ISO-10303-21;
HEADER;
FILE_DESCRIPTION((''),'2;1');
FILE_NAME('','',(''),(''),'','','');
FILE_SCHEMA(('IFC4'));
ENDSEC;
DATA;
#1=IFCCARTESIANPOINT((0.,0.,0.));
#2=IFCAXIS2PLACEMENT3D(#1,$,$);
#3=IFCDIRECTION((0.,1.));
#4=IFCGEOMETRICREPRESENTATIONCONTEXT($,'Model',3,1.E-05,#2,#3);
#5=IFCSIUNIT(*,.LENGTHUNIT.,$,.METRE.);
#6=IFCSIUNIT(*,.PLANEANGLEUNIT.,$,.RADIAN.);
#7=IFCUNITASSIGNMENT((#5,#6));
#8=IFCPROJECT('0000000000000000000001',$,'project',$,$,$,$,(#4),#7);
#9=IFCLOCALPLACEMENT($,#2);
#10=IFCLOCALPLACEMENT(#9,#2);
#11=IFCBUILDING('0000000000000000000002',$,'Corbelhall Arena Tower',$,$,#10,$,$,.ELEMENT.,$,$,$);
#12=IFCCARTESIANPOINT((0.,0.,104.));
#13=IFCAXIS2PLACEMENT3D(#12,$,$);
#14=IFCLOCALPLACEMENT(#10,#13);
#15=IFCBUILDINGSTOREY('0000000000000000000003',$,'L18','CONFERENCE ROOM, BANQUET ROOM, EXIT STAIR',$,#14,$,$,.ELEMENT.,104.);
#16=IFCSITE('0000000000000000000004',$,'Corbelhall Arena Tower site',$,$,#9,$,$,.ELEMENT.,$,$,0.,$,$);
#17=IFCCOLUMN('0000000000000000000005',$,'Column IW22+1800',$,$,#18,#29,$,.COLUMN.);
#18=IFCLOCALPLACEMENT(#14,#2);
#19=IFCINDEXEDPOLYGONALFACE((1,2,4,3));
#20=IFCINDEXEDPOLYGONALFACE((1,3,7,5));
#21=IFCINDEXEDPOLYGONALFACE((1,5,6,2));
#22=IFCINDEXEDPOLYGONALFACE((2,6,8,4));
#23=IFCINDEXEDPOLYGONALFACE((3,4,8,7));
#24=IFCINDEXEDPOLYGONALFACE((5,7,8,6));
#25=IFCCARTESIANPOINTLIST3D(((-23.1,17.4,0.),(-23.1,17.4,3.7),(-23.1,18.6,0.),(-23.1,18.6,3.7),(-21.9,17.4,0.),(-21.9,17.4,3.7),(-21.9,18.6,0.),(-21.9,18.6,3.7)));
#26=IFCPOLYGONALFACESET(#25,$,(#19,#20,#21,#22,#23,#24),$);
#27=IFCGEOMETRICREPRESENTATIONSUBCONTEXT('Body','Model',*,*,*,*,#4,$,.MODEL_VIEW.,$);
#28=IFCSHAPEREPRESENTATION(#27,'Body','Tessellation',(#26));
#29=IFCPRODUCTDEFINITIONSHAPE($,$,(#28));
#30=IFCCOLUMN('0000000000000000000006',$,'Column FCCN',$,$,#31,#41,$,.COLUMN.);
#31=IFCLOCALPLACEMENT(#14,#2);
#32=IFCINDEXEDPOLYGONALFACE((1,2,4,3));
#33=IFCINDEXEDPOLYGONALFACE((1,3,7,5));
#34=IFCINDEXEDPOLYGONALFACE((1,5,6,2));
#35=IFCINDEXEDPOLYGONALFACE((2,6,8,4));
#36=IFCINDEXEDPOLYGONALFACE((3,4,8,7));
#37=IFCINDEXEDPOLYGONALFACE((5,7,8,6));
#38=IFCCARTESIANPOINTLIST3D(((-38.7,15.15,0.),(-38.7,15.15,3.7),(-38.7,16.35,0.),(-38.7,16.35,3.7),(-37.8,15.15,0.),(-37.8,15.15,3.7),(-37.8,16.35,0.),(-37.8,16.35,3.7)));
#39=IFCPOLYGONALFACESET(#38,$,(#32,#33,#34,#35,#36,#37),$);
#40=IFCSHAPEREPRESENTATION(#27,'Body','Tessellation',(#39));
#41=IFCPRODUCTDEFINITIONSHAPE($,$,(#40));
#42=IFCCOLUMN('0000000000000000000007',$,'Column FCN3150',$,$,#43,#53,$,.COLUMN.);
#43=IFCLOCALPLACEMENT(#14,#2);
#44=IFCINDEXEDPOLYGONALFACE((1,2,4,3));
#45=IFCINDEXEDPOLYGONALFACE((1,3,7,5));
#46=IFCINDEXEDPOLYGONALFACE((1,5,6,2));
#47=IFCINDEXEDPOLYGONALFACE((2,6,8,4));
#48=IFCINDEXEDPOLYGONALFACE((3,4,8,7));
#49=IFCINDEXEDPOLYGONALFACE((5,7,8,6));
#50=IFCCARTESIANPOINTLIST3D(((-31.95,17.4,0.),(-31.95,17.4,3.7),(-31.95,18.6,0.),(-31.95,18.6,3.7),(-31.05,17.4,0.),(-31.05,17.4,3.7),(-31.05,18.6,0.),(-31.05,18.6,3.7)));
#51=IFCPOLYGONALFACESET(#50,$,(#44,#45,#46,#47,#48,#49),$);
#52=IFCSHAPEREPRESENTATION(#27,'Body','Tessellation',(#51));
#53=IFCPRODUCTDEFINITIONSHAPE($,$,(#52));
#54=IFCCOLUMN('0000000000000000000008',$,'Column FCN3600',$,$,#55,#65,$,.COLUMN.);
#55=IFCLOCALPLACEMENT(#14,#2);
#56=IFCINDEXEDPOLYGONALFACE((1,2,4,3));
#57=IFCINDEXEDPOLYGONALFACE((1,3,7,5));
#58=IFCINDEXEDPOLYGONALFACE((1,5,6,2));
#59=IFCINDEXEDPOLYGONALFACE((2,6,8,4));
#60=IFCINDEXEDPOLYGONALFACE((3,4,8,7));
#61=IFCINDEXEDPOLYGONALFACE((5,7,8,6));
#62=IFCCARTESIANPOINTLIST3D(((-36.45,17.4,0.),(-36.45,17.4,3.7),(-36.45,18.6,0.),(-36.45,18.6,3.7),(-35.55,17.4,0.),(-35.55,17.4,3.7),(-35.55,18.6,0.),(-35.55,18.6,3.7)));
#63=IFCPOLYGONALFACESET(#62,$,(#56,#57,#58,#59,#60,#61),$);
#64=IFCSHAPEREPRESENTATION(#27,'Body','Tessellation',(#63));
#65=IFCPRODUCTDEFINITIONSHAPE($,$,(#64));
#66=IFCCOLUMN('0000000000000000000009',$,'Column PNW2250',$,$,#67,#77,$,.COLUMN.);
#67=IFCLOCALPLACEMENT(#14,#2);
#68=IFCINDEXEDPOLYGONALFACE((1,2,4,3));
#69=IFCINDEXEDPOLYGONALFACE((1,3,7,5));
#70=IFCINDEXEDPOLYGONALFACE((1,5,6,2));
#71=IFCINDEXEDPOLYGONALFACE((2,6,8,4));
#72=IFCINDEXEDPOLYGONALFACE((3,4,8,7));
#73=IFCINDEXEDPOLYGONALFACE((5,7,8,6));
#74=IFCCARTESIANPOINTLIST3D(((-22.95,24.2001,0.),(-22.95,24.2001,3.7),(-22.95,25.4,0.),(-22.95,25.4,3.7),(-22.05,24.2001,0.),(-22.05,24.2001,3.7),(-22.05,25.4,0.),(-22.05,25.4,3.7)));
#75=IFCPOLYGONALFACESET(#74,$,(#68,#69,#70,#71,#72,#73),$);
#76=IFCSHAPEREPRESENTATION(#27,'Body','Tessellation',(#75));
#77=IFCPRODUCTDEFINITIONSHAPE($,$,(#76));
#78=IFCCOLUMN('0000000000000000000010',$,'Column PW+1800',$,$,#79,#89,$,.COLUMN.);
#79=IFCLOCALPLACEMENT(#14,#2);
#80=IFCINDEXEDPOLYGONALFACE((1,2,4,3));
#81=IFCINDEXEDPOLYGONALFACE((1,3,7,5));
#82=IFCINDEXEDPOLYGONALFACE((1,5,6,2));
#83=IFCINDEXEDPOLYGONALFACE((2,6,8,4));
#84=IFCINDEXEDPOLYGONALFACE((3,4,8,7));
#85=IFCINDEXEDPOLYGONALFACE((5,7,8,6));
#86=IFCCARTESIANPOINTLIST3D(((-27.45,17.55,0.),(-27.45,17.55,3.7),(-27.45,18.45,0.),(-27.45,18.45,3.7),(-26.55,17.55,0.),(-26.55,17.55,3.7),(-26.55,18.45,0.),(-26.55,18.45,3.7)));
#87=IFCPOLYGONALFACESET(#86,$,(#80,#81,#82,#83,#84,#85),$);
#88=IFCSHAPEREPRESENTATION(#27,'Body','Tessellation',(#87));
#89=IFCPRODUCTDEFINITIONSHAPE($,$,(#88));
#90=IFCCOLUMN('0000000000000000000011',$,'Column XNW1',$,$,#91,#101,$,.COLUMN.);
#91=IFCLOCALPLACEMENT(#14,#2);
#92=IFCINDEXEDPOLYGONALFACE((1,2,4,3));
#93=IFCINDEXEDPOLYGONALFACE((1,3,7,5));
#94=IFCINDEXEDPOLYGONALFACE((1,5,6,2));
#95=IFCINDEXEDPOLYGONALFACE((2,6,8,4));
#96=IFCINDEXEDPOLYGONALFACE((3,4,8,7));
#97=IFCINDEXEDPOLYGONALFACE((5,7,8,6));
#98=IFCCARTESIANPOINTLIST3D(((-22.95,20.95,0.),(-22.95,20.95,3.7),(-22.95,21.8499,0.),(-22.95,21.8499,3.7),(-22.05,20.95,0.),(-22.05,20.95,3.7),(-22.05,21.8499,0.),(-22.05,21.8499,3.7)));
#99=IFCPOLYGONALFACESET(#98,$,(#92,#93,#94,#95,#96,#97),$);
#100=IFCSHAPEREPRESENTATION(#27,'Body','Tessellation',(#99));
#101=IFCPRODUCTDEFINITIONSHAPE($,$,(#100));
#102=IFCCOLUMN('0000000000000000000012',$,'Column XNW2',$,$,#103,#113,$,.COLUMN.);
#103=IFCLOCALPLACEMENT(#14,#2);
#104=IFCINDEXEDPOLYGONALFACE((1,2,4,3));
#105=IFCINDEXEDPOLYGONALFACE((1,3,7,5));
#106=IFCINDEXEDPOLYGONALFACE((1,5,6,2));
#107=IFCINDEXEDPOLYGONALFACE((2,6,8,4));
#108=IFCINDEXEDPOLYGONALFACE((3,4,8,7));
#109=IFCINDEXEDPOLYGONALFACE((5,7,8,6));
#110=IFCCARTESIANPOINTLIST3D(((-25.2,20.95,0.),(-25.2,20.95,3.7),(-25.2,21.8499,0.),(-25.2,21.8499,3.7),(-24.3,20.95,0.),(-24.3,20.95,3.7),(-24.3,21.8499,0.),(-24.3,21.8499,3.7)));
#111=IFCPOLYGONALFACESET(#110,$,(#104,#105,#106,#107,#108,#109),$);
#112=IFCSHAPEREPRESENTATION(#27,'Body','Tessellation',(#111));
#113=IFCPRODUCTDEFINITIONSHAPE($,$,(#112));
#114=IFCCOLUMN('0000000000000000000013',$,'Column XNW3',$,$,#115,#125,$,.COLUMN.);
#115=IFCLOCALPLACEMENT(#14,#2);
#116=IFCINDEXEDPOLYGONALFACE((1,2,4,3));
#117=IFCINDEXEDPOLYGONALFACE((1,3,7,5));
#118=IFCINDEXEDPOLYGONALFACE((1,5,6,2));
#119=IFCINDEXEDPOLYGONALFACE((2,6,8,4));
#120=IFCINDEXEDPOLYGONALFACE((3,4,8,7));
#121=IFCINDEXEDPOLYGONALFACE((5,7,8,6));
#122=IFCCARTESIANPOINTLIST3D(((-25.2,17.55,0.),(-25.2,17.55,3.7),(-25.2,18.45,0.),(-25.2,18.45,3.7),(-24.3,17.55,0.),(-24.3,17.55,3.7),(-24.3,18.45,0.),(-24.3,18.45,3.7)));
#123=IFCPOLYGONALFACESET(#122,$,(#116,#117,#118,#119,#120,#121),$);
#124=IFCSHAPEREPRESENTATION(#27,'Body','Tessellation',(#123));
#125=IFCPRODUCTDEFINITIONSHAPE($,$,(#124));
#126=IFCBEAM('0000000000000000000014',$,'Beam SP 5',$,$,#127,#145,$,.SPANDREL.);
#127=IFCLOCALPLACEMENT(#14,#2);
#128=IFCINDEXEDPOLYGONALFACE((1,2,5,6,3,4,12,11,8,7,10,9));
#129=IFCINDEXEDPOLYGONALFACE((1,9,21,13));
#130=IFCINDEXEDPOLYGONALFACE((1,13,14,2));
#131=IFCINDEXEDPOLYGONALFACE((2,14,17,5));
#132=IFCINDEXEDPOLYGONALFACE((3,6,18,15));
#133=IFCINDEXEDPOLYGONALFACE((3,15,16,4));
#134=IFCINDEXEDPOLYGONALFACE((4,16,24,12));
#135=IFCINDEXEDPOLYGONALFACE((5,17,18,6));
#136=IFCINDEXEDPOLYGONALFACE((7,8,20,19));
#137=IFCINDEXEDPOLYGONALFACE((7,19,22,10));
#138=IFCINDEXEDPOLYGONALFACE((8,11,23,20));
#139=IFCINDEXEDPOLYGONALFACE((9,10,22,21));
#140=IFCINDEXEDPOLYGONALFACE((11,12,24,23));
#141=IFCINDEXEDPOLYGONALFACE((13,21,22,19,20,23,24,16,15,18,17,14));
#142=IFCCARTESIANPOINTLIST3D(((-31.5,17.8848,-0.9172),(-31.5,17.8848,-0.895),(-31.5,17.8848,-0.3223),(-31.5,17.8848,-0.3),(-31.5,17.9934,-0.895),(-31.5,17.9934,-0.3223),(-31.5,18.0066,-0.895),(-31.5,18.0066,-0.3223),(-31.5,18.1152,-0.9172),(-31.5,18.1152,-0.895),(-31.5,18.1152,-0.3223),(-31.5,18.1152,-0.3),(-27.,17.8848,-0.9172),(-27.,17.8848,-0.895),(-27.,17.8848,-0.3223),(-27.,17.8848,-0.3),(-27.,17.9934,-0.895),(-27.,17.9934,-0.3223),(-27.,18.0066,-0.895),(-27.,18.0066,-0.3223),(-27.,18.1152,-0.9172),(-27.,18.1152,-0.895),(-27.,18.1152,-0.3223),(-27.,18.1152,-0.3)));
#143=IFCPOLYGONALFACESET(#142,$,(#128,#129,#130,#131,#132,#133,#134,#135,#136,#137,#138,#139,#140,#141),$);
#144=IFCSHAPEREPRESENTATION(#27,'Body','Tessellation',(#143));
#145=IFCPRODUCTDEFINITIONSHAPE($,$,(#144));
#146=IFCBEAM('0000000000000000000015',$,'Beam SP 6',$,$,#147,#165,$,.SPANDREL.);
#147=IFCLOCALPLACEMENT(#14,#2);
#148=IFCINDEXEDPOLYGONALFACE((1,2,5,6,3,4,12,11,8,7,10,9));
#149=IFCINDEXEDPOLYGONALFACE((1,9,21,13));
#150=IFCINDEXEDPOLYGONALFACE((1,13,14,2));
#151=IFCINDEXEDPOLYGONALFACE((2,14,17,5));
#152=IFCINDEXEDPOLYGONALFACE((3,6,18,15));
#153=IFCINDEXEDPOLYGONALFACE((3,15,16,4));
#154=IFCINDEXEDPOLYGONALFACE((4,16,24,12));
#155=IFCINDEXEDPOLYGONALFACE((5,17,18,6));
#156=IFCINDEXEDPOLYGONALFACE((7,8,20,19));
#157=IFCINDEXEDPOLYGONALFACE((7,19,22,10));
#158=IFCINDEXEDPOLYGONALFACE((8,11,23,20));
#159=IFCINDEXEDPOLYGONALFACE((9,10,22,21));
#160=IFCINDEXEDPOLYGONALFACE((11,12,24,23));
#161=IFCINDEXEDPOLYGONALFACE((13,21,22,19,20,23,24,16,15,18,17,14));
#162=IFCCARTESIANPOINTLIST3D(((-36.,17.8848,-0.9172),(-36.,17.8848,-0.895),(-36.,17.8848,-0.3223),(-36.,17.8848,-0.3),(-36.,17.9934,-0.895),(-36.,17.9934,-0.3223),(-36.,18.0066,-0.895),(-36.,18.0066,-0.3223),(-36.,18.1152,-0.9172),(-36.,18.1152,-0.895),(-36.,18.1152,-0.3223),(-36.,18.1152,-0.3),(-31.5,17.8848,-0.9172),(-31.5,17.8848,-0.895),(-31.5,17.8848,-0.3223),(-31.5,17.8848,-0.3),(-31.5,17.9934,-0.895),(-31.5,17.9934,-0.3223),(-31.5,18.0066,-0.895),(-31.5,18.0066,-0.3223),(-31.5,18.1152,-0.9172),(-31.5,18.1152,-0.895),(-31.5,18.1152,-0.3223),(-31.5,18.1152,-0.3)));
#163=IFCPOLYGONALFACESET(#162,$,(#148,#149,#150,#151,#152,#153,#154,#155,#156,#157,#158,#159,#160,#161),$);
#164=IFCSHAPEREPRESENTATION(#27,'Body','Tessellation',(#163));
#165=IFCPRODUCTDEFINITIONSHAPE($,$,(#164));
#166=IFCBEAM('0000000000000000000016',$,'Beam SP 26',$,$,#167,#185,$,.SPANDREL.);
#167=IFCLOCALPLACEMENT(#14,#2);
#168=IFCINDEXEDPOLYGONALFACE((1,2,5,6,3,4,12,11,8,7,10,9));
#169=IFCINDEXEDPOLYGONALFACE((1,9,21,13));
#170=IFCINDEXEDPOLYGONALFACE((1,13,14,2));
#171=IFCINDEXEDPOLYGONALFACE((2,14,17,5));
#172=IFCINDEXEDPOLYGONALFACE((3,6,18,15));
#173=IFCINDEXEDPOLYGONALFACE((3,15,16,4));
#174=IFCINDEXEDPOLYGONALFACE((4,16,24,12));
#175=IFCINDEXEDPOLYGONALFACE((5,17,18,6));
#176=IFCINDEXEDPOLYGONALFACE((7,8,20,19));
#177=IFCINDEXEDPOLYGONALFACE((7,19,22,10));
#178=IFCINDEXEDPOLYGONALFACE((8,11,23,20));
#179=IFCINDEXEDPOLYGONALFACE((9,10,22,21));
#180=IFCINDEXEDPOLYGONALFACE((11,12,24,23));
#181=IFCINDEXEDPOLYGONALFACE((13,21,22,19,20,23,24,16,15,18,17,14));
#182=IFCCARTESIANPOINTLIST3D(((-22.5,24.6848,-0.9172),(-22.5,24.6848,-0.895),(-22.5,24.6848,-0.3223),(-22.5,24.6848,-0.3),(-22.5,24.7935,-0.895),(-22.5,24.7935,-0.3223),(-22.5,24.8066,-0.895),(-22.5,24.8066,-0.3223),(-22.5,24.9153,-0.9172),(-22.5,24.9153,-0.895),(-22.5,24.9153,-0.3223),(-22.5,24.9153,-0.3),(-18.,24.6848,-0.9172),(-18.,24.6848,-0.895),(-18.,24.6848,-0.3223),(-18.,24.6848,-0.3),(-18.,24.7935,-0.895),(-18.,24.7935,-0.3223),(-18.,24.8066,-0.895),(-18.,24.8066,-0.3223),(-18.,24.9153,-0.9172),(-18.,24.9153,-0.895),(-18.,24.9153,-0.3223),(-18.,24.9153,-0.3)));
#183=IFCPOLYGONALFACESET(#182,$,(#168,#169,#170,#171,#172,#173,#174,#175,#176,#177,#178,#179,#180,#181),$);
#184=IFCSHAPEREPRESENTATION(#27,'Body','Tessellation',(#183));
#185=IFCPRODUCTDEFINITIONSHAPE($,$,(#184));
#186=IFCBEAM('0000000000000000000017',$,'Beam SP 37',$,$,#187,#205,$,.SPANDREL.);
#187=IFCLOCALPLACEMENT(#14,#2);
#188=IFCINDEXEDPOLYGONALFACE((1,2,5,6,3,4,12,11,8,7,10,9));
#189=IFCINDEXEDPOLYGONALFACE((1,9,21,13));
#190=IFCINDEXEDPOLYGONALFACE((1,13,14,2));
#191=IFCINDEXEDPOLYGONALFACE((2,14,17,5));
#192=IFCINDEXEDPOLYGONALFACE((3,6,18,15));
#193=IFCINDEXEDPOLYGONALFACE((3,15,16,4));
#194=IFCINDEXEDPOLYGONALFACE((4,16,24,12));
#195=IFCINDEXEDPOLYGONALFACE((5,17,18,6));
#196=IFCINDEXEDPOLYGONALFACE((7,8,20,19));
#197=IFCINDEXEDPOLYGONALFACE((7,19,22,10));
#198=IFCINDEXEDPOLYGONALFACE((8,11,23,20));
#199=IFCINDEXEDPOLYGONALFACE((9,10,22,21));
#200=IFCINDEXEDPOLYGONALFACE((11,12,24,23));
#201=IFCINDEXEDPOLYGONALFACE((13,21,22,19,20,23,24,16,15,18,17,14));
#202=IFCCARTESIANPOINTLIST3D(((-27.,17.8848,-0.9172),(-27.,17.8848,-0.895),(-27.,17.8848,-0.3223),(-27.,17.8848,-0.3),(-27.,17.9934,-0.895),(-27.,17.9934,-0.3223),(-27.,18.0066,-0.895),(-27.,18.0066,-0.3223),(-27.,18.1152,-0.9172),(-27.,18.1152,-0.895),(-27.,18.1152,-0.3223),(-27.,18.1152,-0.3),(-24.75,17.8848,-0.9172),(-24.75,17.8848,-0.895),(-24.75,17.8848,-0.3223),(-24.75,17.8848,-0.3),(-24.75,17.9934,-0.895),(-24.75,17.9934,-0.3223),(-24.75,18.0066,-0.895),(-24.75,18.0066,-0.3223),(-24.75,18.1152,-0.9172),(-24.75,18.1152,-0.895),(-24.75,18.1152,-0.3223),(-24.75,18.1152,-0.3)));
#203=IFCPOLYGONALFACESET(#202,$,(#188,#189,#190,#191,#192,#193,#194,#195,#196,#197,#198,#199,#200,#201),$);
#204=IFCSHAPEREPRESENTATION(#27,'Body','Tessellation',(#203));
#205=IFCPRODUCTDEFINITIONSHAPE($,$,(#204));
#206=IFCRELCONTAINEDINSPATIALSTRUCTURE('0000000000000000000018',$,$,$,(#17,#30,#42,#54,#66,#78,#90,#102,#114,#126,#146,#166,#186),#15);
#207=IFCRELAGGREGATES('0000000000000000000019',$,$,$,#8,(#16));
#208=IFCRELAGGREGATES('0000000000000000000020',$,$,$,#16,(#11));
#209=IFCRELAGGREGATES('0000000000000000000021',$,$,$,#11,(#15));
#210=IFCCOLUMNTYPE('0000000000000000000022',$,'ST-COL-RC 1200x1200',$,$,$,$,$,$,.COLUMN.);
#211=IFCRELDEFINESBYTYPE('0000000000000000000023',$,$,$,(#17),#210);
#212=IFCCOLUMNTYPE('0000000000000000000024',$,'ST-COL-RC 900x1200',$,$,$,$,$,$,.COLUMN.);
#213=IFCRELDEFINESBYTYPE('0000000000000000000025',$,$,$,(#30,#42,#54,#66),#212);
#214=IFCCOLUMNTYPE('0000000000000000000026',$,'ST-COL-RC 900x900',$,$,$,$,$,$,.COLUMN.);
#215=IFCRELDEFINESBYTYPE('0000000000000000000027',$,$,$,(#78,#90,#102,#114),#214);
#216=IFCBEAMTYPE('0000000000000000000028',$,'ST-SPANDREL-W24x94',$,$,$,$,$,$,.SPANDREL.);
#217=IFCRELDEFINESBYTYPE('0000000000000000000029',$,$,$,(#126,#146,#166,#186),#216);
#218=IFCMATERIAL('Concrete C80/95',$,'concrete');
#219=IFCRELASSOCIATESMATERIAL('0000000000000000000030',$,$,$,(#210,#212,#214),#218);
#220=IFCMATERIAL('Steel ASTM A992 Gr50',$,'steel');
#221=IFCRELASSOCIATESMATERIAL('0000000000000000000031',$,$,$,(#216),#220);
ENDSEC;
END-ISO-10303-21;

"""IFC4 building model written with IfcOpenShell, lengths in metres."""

from ifc_helpers import new_model, si_unit, direction, frame, origin, origin_2d, place, context, subcontext, project, spatial, rectangle, i_section, extrude, material, material_profile, profile_set, type_object, element, save


model = new_model("IFC4")

# Units and contexts
model_context = context("Model", 3, precision=1e-05, world=origin(), true_north=direction((0.0, 1.0)))
body_context = subcontext(model_context, "Body", "Model", "MODEL_VIEW")
ifc_project = project(units=[si_unit("LENGTHUNIT", "METRE"), si_unit("PLANEANGLEUNIT", "RADIAN")], contexts=[model_context])

# Site, building, storey
site_placement = place(None, origin())
site = spatial("IfcSite", under=ifc_project, at=site_placement, Name="Corbelhall Arena Tower site", CompositionType="ELEMENT", RefElevation=0.0)
building_placement = place(site_placement, origin())
building = spatial("IfcBuilding", under=site, at=building_placement, Name="Corbelhall Arena Tower", CompositionType="ELEMENT")
storey_placement = place(building_placement, frame((0.0, 0.0, 104.0)))
storey = spatial("IfcBuildingStorey", under=building, at=storey_placement, Name="L18", Description="CONFERENCE ROOM, BANQUET ROOM, EXIT STAIR", CompositionType="ELEMENT", Elevation=104.0)

# Columns
ifc_material_1 = material(Name="Concrete C80/95", Category="concrete")
ifc_material_profile_1 = material_profile(ifc_material_1, rectangle(XDim=1.2, YDim=1.2, at=origin_2d()))
ifc_profile_set_1 = profile_set([ifc_material_profile_1], Name="Concrete C80/95")
column_type_1 = type_object("IfcColumnType", Name="ST-COL-RC 1200x1200", PredefinedType="COLUMN", material=ifc_profile_set_1)
column_placement = place(storey_placement, frame((-22.5, 18.0, 0.0), z_axis=(0.0, 0.0, 1.0), x_axis=(1.0, 0.0, 0.0)))
element("IfcColumn", 1, at=column_placement, inside=storey, type_object=column_type_1, Name="Column IW22+1800", PredefinedType="COLUMN", context=body_context, shape_type="SweptSolid", body=[
    extrude(rectangle(XDim=1.2, YDim=1.2, at=origin_2d()), origin(), (0.0, 0.0, 1.0), 3.7),
])
ifc_material_profile_2 = material_profile(ifc_material_1, rectangle(XDim=0.8999, YDim=1.2, at=origin_2d()))
ifc_profile_set_2 = profile_set([ifc_material_profile_2], Name="Concrete C80/95")
column_type_2 = type_object("IfcColumnType", Name="ST-COL-RC 900x1200", PredefinedType="COLUMN", material=ifc_profile_set_2)
for number, where, z_axis, x_axis, name in (
    (2, (-38.25, 15.75, 0.0), (0.0, 0.0, 1.0), (1.0, 0.0, 0.0), "Column FCCN"),
    (3, (-31.5, 18.0, 0.0), (0.0, 0.0, 1.0), (1.0, 0.0, 0.0), "Column FCN3150"),
    (4, (-36.0, 18.0, 0.0), (0.0, 0.0, 1.0), (1.0, 0.0, 0.0), "Column FCN3600"),
    (5, (-22.5, 24.8, 0.0), (0.0, 0.0, 1.0), (1.0, 0.0, 0.0), "Column PNW2250"),
):
    element("IfcColumn", number, at=place(storey_placement, frame(where, z_axis=z_axis, x_axis=x_axis)), inside=storey, type_object=column_type_2, Name=name, PredefinedType="COLUMN", context=body_context, shape_type="SweptSolid", body=[
        extrude(rectangle(XDim=0.8999, YDim=1.2, at=origin_2d()), origin(), (0.0, 0.0, 1.0), 3.7),
    ])
ifc_material_profile_3 = material_profile(ifc_material_1, rectangle(XDim=0.8999, YDim=0.8999, at=origin_2d()))
ifc_profile_set_3 = profile_set([ifc_material_profile_3], Name="Concrete C80/95")
column_type_3 = type_object("IfcColumnType", Name="ST-COL-RC 900x900", PredefinedType="COLUMN", material=ifc_profile_set_3)
for number, where, z_axis, x_axis, name in (
    (6, (-27.0, 18.0, 0.0), (0.0, 0.0, 1.0), (1.0, 0.0, 0.0), "Column PW+1800"),
    (7, (-22.5, 21.3999, 0.0), (0.0, 0.0, 1.0), (1.0, 0.0, 0.0), "Column XNW1"),
    (8, (-24.75, 21.3999, 0.0), (0.0, 0.0, 1.0), (1.0, 0.0, 0.0), "Column XNW2"),
    (9, (-24.75, 18.0, 0.0), (0.0, 0.0, 1.0), (1.0, 0.0, 0.0), "Column XNW3"),
):
    element("IfcColumn", number, at=place(storey_placement, frame(where, z_axis=z_axis, x_axis=x_axis)), inside=storey, type_object=column_type_3, Name=name, PredefinedType="COLUMN", context=body_context, shape_type="SweptSolid", body=[
        extrude(rectangle(XDim=0.8999, YDim=0.8999, at=origin_2d()), origin(), (0.0, 0.0, 1.0), 3.7),
    ])

# Beams
ifc_material_2 = material(Name="Steel ASTM A992 Gr50", Category="steel")
ifc_material_profile_4 = material_profile(ifc_material_2, i_section(OverallWidth=0.2305, OverallDepth=0.6172, WebThickness=0.0132, FlangeThickness=0.0222, at=origin_2d()))
ifc_profile_set_4 = profile_set([ifc_material_profile_4], Name="Steel ASTM A992 Gr50")
beam_type = type_object("IfcBeamType", Name="ST-SPANDREL-W24x94", PredefinedType="SPANDREL", material=ifc_profile_set_4)
for number, where, z_axis, x_axis, name in (
    (10, (-31.5, 18.0, -0.6086), (1.0, 0.0, 0.0), (0.0, 1.0, 0.0), "Beam SP 5"),
    (11, (-36.0, 18.0, -0.6086), (1.0, 0.0, 0.0), (0.0, 1.0, 0.0), "Beam SP 6"),
    (12, (-22.5, 24.8, -0.6086), (1.0, 0.0, 0.0), (0.0, 1.0, 0.0), "Beam SP 26"),
):
    element("IfcBeam", number, at=place(storey_placement, frame(where, z_axis=z_axis, x_axis=x_axis)), inside=storey, type_object=beam_type, Name=name, PredefinedType="SPANDREL", context=body_context, shape_type="SweptSolid", body=[
        extrude(i_section(OverallWidth=0.2305, OverallDepth=0.6172, WebThickness=0.0132, FlangeThickness=0.0222, at=origin_2d()), origin(), (0.0, 0.0, 1.0), 4.5),
    ])
beam_1_placement = place(storey_placement, frame((-27.0, 18.0, -0.6086), z_axis=(1.0, 0.0, 0.0), x_axis=(0.0, 1.0, 0.0)))
element("IfcBeam", 13, at=beam_1_placement, inside=storey, type_object=beam_type, Name="Beam SP 37", PredefinedType="SPANDREL", context=body_context, shape_type="SweptSolid", body=[
    extrude(i_section(OverallWidth=0.2305, OverallDepth=0.6172, WebThickness=0.0132, FlangeThickness=0.0222, at=origin_2d()), origin(), (0.0, 0.0, 1.0), 2.25),
])

save(model, "model.ifc")
